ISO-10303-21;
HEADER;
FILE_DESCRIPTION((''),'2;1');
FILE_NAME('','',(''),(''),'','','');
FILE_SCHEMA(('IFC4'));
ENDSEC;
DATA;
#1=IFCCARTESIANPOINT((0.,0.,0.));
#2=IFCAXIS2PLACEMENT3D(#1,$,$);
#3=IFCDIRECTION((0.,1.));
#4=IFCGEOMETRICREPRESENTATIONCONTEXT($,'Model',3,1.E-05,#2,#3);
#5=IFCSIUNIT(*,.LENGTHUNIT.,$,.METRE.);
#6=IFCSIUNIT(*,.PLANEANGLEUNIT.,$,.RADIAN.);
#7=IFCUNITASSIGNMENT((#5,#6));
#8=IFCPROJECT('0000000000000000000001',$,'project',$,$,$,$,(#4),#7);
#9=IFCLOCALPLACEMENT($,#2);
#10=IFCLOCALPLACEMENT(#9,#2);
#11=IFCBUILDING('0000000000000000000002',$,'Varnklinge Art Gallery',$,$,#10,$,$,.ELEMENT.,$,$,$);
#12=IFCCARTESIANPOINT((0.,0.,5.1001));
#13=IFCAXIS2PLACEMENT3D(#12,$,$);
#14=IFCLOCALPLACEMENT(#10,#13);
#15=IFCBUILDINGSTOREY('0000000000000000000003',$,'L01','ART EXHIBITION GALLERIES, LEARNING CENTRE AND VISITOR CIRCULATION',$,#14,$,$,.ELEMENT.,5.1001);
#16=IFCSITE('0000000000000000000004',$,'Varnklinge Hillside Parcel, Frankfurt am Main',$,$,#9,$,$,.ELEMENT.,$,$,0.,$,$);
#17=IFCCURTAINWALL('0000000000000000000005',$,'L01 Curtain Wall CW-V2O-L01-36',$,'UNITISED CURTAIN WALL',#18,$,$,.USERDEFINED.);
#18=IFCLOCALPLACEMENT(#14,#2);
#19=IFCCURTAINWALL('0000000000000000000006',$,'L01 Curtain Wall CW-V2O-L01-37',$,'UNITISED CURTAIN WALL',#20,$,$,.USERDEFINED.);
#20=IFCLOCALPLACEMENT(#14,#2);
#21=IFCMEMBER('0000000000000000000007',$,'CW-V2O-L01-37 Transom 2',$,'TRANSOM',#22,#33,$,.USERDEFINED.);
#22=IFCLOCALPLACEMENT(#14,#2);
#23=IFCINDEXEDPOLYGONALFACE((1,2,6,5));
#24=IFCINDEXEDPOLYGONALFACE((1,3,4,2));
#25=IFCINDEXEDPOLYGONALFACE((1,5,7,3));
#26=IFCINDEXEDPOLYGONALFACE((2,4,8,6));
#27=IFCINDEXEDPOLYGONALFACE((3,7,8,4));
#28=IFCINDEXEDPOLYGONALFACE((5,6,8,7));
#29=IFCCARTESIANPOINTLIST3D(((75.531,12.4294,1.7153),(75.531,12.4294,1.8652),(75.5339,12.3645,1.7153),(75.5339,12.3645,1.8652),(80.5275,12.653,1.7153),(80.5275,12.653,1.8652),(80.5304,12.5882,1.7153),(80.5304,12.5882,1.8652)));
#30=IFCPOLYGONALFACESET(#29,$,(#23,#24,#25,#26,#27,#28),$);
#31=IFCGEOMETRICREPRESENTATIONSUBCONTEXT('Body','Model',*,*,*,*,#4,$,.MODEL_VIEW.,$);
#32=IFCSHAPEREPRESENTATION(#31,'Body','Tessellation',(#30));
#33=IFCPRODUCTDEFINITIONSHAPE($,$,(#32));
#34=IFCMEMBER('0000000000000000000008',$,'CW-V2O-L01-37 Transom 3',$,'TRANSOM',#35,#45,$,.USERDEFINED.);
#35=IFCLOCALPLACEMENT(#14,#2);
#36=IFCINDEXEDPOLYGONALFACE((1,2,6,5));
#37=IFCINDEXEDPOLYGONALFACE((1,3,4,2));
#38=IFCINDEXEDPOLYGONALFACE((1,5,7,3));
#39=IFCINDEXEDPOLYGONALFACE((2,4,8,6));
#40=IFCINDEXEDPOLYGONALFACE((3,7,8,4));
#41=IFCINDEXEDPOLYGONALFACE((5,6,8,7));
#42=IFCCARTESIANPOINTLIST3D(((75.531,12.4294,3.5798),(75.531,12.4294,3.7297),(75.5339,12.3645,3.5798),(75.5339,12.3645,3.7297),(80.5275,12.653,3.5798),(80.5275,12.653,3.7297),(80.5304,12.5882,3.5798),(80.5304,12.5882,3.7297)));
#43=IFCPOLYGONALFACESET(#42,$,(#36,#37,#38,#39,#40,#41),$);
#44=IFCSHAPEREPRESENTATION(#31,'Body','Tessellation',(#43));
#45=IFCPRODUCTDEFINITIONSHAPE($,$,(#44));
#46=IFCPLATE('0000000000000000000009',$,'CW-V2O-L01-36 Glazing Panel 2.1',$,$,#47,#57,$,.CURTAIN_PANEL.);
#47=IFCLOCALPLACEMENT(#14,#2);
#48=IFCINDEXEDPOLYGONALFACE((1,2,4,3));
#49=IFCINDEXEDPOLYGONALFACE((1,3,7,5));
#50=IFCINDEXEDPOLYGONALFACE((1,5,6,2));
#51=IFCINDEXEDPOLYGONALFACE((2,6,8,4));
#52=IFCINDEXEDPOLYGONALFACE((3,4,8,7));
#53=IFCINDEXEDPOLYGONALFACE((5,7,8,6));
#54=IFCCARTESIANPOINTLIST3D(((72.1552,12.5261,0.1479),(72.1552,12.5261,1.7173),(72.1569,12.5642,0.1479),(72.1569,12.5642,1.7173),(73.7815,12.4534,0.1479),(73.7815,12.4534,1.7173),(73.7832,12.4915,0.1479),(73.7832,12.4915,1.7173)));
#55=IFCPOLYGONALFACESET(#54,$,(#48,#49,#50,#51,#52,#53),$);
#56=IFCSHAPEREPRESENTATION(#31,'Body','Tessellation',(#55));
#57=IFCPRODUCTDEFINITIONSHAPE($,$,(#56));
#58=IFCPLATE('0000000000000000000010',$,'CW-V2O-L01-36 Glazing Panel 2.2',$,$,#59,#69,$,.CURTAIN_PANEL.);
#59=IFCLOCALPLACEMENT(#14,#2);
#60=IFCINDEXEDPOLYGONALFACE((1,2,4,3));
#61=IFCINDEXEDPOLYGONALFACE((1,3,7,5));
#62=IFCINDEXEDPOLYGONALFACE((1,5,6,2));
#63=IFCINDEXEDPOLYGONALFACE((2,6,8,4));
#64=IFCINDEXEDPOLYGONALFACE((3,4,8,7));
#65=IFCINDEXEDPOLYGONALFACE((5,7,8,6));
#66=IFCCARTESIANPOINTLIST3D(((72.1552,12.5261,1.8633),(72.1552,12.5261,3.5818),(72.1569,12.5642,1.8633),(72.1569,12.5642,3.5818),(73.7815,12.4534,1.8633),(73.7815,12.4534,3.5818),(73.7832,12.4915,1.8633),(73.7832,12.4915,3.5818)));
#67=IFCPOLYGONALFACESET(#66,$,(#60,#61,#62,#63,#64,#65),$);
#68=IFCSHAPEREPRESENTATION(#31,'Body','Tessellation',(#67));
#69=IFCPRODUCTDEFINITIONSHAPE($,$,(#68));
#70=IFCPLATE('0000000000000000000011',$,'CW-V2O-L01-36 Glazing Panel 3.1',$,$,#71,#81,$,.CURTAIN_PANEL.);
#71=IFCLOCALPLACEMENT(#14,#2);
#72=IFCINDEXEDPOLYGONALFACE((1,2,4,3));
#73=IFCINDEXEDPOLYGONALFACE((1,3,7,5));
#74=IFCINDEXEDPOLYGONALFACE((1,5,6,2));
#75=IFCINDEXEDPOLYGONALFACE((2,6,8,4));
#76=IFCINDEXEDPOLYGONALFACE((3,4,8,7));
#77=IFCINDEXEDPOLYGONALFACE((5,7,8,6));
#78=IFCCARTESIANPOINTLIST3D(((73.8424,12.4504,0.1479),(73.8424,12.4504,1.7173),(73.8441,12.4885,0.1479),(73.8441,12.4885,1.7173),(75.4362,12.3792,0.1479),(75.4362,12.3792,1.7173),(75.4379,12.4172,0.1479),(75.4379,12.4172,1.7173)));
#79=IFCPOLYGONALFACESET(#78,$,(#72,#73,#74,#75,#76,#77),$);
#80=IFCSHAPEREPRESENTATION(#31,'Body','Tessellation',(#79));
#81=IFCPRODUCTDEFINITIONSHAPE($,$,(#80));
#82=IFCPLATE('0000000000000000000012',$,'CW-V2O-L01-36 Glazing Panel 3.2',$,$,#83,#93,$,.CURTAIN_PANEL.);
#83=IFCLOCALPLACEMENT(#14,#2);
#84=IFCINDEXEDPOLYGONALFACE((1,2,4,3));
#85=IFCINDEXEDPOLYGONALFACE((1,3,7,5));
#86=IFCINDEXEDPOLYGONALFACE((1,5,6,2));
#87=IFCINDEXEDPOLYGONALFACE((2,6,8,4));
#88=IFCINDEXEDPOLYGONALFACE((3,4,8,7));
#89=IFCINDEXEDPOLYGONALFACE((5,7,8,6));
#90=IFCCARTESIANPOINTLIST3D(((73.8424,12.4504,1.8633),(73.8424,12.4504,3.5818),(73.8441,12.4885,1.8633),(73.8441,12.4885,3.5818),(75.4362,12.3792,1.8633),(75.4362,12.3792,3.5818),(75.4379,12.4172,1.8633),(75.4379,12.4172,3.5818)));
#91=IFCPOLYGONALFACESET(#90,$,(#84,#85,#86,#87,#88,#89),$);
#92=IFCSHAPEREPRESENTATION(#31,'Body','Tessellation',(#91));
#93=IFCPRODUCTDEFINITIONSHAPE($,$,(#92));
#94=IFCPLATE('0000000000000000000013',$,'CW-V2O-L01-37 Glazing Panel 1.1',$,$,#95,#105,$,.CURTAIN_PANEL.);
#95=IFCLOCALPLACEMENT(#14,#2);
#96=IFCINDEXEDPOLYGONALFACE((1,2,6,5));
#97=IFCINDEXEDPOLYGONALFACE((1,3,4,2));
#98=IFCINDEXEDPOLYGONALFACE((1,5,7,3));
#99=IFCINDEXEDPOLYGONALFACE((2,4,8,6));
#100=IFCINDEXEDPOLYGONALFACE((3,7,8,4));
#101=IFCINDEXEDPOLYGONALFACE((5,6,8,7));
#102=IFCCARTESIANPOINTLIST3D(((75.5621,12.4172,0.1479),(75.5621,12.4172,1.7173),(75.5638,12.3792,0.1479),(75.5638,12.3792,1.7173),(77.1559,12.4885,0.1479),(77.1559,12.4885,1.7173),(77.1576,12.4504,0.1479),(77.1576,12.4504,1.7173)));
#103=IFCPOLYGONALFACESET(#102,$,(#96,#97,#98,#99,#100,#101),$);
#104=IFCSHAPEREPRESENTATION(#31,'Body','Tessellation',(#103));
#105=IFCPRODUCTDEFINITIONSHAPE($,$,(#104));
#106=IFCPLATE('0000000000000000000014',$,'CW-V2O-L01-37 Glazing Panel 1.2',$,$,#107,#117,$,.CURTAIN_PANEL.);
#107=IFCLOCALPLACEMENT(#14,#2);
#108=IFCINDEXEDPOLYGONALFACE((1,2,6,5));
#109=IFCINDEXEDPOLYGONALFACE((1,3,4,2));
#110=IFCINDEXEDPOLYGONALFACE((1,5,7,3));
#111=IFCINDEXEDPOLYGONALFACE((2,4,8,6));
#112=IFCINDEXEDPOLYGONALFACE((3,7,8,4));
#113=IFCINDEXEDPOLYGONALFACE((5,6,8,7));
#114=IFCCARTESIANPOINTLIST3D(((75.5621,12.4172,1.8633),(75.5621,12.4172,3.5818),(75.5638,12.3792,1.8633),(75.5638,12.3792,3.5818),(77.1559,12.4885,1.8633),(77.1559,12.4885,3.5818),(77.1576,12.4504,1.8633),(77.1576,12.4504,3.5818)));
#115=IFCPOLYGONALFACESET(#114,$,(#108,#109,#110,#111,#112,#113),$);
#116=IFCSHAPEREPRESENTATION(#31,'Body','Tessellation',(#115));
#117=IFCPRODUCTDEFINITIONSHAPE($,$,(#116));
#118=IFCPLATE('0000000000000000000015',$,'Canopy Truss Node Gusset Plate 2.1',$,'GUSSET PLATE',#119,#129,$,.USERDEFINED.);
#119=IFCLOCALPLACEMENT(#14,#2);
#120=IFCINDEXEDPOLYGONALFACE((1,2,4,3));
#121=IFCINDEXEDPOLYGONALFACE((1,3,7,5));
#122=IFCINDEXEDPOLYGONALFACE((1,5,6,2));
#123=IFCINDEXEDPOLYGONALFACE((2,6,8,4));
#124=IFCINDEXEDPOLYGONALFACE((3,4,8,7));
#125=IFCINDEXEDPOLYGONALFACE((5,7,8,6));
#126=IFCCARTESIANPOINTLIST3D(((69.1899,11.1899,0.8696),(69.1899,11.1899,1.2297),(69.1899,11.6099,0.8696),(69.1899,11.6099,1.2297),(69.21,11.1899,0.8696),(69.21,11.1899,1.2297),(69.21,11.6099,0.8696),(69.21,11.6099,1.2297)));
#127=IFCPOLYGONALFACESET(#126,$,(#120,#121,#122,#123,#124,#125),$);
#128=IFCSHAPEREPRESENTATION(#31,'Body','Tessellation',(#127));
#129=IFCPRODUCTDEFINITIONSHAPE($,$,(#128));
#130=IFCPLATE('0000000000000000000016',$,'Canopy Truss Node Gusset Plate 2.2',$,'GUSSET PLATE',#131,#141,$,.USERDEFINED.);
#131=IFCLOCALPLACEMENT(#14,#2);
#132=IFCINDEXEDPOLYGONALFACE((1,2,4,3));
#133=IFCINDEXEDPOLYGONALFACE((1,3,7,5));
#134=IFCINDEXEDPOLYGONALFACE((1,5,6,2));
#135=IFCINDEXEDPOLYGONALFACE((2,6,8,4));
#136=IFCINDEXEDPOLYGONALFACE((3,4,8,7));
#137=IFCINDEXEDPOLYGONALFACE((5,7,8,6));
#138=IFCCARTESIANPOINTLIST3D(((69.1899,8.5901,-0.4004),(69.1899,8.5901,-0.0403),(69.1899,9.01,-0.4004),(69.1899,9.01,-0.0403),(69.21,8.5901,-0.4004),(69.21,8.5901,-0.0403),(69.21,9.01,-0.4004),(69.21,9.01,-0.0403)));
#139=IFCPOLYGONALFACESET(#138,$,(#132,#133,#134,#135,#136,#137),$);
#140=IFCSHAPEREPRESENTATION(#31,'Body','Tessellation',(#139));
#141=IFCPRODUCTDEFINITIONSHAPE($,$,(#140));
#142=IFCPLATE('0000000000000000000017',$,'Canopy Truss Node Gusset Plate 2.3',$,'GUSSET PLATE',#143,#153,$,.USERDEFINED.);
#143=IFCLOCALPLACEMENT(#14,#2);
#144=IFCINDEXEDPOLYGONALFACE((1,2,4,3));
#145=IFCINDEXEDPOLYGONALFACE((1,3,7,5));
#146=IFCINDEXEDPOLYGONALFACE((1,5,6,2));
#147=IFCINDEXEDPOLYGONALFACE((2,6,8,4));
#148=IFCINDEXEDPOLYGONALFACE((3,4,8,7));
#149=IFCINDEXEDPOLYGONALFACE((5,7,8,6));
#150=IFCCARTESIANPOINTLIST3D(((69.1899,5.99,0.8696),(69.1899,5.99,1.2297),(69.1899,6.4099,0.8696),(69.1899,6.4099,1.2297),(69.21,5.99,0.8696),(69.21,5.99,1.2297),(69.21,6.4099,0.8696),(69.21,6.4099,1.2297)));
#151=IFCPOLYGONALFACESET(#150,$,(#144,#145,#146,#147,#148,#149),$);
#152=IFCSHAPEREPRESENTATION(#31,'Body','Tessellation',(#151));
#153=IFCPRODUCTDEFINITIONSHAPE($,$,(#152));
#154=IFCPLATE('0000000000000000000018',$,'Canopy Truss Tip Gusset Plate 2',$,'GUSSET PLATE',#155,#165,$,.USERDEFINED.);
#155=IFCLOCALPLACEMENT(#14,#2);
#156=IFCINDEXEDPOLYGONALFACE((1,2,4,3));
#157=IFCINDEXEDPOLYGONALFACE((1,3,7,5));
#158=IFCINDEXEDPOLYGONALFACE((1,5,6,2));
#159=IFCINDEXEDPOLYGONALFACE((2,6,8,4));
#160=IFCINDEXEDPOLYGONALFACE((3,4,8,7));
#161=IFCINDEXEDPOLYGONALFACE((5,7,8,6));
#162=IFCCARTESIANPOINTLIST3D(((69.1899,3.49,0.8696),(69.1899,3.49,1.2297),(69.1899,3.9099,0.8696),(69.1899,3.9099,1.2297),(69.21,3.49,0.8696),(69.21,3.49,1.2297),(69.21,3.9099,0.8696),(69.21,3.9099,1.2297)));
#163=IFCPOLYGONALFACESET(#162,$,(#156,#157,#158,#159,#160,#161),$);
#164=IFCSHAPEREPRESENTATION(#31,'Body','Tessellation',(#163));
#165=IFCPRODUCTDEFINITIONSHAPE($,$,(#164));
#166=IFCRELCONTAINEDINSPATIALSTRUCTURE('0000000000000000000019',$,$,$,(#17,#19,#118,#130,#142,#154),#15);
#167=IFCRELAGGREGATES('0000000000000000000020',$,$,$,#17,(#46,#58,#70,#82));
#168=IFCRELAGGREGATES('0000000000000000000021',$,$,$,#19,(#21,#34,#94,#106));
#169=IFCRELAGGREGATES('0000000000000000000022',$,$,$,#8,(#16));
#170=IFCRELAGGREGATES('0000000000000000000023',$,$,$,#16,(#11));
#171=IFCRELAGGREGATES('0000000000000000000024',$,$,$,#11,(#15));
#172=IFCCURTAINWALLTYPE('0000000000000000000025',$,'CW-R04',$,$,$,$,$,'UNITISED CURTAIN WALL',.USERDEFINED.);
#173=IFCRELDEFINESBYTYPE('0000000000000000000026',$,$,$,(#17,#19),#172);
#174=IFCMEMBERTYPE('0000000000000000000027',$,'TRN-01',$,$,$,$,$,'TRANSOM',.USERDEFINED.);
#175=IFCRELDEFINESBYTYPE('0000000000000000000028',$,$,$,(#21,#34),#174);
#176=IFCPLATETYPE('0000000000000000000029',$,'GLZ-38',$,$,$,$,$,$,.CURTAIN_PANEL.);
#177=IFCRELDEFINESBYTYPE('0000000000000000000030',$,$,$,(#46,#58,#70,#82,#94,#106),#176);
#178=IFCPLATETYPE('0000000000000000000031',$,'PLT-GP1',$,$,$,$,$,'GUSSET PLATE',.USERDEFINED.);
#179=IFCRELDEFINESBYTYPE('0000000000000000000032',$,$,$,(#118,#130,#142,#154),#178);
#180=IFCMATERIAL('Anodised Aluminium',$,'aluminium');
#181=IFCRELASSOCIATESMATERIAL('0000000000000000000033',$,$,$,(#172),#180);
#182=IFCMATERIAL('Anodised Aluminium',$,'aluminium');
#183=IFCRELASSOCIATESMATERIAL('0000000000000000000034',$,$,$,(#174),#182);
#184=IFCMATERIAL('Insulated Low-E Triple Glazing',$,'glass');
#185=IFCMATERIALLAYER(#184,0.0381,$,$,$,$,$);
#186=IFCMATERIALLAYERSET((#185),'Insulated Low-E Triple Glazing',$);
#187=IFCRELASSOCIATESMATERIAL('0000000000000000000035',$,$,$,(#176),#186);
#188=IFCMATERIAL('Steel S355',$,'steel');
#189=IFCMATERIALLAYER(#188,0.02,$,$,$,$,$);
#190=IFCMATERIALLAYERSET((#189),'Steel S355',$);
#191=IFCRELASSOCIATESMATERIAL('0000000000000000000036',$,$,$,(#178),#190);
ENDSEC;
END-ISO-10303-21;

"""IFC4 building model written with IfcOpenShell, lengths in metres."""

from ifc_helpers import new_model, si_unit, direction, frame, origin, origin_2d, place, context, subcontext, project, spatial, rectangle, extrude, material, layer, layer_set, material_profile, profile_set, type_object, element, aggregate, save


model = new_model("IFC4")

# Units and contexts
model_context = context("Model", 3, precision=1e-05, world=origin(), true_north=direction((0.0, 1.0)))
body_context = subcontext(model_context, "Body", "Model", "MODEL_VIEW")
ifc_project = project(units=[si_unit("LENGTHUNIT", "METRE"), si_unit("PLANEANGLEUNIT", "RADIAN")], contexts=[model_context])

# Site, building, storey
site_placement = place(None, origin())
site = spatial("IfcSite", under=ifc_project, at=site_placement, Name="Varnklinge Hillside Parcel, Frankfurt am Main", CompositionType="ELEMENT", RefElevation=0.0)
building_placement = place(site_placement, origin())
building = spatial("IfcBuilding", under=site, at=building_placement, Name="Varnklinge Art Gallery", CompositionType="ELEMENT")
storey_placement = place(building_placement, frame((0.0, 0.0, 5.1001)))
storey = spatial("IfcBuildingStorey", under=building, at=storey_placement, Name="L01", Description="ART EXHIBITION GALLERIES, LEARNING CENTRE AND VISITOR CIRCULATION", CompositionType="ELEMENT", Elevation=5.1001)

# Curtain wall
ifc_material_1 = material(Name="Anodised Aluminium", Category="aluminium")
curtain_wall_type = type_object("IfcCurtainWallType", Name="CW-R04", ElementType="UNITISED CURTAIN WALL", PredefinedType="USERDEFINED", material=ifc_material_1)
curtain_wall_1_placement = place(storey_placement, origin())
curtain_wall_1 = element("IfcCurtainWall", 1, at=curtain_wall_1_placement, inside=storey, type_object=curtain_wall_type, Name="L01 Curtain Wall CW-V2O-L01-36", ObjectType="UNITISED CURTAIN WALL", PredefinedType="USERDEFINED")

# Curtain wall
curtain_wall_2_placement = place(storey_placement, origin())
curtain_wall_2 = element("IfcCurtainWall", 2, at=curtain_wall_2_placement, inside=storey, type_object=curtain_wall_type, Name="L01 Curtain Wall CW-V2O-L01-37", ObjectType="UNITISED CURTAIN WALL", PredefinedType="USERDEFINED")

# Members
ifc_material_2 = material(Name="Anodised Aluminium", Category="aluminium")
ifc_material_profile_1 = material_profile(ifc_material_2, rectangle(XDim=0.0649, YDim=0.1499, at=origin_2d()), Name="ALU 65x150")
ifc_profile_set_1 = profile_set([ifc_material_profile_1], Name="Anodised Aluminium")
member_type_1 = type_object("IfcMemberType", Name="TRN-01", ElementType="TRANSOM", PredefinedType="USERDEFINED", material=ifc_profile_set_1)
member_1_placement = place(storey_placement, frame((75.5325, 12.397, 1.7903), z_axis=(0.999, 0.044712, 0.0), x_axis=(-0.044712, 0.999, 0.0)))
member_1 = element("IfcMember", 3, at=member_1_placement, type_object=member_type_1, Name="CW-V2O-L01-37 Transom 2", ObjectType="TRANSOM", PredefinedType="USERDEFINED", context=body_context, shape_type="SweptSolid", body=[
    extrude(rectangle(XDim=0.0649, YDim=0.1499, at=origin_2d()), origin(), (0.0, 0.0, 1.0), 5.0015),
])
member_2_placement = place(storey_placement, frame((75.5325, 12.397, 3.6548), z_axis=(0.999, 0.044712, 0.0), x_axis=(-0.044712, 0.999, 0.0)))
member_2 = element("IfcMember", 4, at=member_2_placement, type_object=member_type_1, Name="CW-V2O-L01-37 Transom 3", ObjectType="TRANSOM", PredefinedType="USERDEFINED", context=body_context, shape_type="SweptSolid", body=[
    extrude(rectangle(XDim=0.0649, YDim=0.1499, at=origin_2d()), origin(), (0.0, 0.0, 1.0), 5.0015),
])

# Plates
ifc_material_3 = material(Name="Insulated Low-E Triple Glazing", Category="glass")
ifc_layer_1 = layer(ifc_material_3, 0.0381)
ifc_layer_set_1 = layer_set([ifc_layer_1], Name="Insulated Low-E Triple Glazing")
plate_type_1 = type_object("IfcPlateType", Name="GLZ-38", PredefinedType="CURTAIN_PANEL", material=ifc_layer_set_1)
plate_1_placement = place(storey_placement, frame((72.9692, 12.5088, 0.1479), z_axis=(0.0, 0.0, 1.0), x_axis=(0.999002, -0.044666, 0.0)))
plate_1 = element("IfcPlate", 5, at=plate_1_placement, type_object=plate_type_1, Name="CW-V2O-L01-36 Glazing Panel 2.1", PredefinedType="CURTAIN_PANEL", context=body_context, shape_type="SweptSolid", body=[
    extrude(rectangle(XDim=1.6279, YDim=0.0381, at=origin_2d()), origin(), (0.0, 0.0, 1.0), 1.5693),
])
plate_2_placement = place(storey_placement, frame((72.9692, 12.5088, 1.8633), z_axis=(0.0, 0.0, 1.0), x_axis=(0.999002, -0.044666, 0.0)))
plate_2 = element("IfcPlate", 6, at=plate_2_placement, type_object=plate_type_1, Name="CW-V2O-L01-36 Glazing Panel 2.2", PredefinedType="CURTAIN_PANEL", context=body_context, shape_type="SweptSolid", body=[
    extrude(rectangle(XDim=1.6279, YDim=0.0381, at=origin_2d()), origin(), (0.0, 0.0, 1.0), 1.7185),
])
plate_3_placement = place(storey_placement, frame((74.6401, 12.4338, 0.1479), z_axis=(0.0, 0.0, 1.0), x_axis=(0.999002, -0.044666, 0.0)))
plate_3 = element("IfcPlate", 7, at=plate_3_placement, type_object=plate_type_1, Name="CW-V2O-L01-36 Glazing Panel 3.1", PredefinedType="CURTAIN_PANEL", context=body_context, shape_type="SweptSolid", body=[
    extrude(rectangle(XDim=1.5955, YDim=0.0381, at=origin_2d()), origin(), (0.0, 0.0, 1.0), 1.5693),
])
plate_4_placement = place(storey_placement, frame((74.6401, 12.4338, 1.8633), z_axis=(0.0, 0.0, 1.0), x_axis=(0.999002, -0.044666, 0.0)))
plate_4 = element("IfcPlate", 8, at=plate_4_placement, type_object=plate_type_1, Name="CW-V2O-L01-36 Glazing Panel 3.2", PredefinedType="CURTAIN_PANEL", context=body_context, shape_type="SweptSolid", body=[
    extrude(rectangle(XDim=1.5955, YDim=0.0381, at=origin_2d()), origin(), (0.0, 0.0, 1.0), 1.7185),
])
aggregate(curtain_wall_1, [plate_1, plate_2, plate_3, plate_4])
plate_5_placement = place(storey_placement, frame((76.3599, 12.4338, 0.1479), z_axis=(0.0, 0.0, 1.0), x_axis=(0.999002, 0.044666, 0.0)))
plate_5 = element("IfcPlate", 9, at=plate_5_placement, type_object=plate_type_1, Name="CW-V2O-L01-37 Glazing Panel 1.1", PredefinedType="CURTAIN_PANEL", context=body_context, shape_type="SweptSolid", body=[
    extrude(rectangle(XDim=1.5955, YDim=0.0381, at=origin_2d()), origin(), (0.0, 0.0, 1.0), 1.5693),
])
plate_6_placement = place(storey_placement, frame((76.3599, 12.4338, 1.8633), z_axis=(0.0, 0.0, 1.0), x_axis=(0.999002, 0.044666, 0.0)))
plate_6 = element("IfcPlate", 10, at=plate_6_placement, type_object=plate_type_1, Name="CW-V2O-L01-37 Glazing Panel 1.2", PredefinedType="CURTAIN_PANEL", context=body_context, shape_type="SweptSolid", body=[
    extrude(rectangle(XDim=1.5955, YDim=0.0381, at=origin_2d()), origin(), (0.0, 0.0, 1.0), 1.7185),
])
aggregate(curtain_wall_2, [member_1, member_2, plate_5, plate_6])

# Plates
ifc_material_4 = material(Name="Steel S355", Category="steel")
ifc_layer_2 = layer(ifc_material_4, 0.02)
ifc_layer_set_2 = layer_set([ifc_layer_2], Name="Steel S355")
plate_type_2 = type_object("IfcPlateType", Name="PLT-GP1", ElementType="GUSSET PLATE", PredefinedType="USERDEFINED", material=ifc_layer_set_2)
for number, where, z_axis, x_axis, name in (
    (11, (69.2, 11.3999, 0.8696), (0.0, 0.0, 1.0), (0.0, 1.0, 0.0), "Canopy Truss Node Gusset Plate 2.1"),
    (12, (69.2, 8.8, -0.4004), (0.0, 0.0, 1.0), (0.0, 1.0, 0.0), "Canopy Truss Node Gusset Plate 2.2"),
    (13, (69.2, 6.2, 0.8696), (0.0, 0.0, 1.0), (0.0, 1.0, 0.0), "Canopy Truss Node Gusset Plate 2.3"),
    (14, (69.2, 3.7, 0.8696), (0.0, 0.0, 1.0), (0.0, 1.0, 0.0), "Canopy Truss Tip Gusset Plate 2"),
):
    element("IfcPlate", number, at=place(storey_placement, frame(where, z_axis=z_axis, x_axis=x_axis)), inside=storey, type_object=plate_type_2, Name=name, ObjectType="GUSSET PLATE", PredefinedType="USERDEFINED", context=body_context, shape_type="SweptSolid", body=[
        extrude(rectangle(XDim=0.4199, YDim=0.02, at=origin_2d()), origin(), (0.0, 0.0, 1.0), 0.3601),
    ])

save(model, "model.ifc")
